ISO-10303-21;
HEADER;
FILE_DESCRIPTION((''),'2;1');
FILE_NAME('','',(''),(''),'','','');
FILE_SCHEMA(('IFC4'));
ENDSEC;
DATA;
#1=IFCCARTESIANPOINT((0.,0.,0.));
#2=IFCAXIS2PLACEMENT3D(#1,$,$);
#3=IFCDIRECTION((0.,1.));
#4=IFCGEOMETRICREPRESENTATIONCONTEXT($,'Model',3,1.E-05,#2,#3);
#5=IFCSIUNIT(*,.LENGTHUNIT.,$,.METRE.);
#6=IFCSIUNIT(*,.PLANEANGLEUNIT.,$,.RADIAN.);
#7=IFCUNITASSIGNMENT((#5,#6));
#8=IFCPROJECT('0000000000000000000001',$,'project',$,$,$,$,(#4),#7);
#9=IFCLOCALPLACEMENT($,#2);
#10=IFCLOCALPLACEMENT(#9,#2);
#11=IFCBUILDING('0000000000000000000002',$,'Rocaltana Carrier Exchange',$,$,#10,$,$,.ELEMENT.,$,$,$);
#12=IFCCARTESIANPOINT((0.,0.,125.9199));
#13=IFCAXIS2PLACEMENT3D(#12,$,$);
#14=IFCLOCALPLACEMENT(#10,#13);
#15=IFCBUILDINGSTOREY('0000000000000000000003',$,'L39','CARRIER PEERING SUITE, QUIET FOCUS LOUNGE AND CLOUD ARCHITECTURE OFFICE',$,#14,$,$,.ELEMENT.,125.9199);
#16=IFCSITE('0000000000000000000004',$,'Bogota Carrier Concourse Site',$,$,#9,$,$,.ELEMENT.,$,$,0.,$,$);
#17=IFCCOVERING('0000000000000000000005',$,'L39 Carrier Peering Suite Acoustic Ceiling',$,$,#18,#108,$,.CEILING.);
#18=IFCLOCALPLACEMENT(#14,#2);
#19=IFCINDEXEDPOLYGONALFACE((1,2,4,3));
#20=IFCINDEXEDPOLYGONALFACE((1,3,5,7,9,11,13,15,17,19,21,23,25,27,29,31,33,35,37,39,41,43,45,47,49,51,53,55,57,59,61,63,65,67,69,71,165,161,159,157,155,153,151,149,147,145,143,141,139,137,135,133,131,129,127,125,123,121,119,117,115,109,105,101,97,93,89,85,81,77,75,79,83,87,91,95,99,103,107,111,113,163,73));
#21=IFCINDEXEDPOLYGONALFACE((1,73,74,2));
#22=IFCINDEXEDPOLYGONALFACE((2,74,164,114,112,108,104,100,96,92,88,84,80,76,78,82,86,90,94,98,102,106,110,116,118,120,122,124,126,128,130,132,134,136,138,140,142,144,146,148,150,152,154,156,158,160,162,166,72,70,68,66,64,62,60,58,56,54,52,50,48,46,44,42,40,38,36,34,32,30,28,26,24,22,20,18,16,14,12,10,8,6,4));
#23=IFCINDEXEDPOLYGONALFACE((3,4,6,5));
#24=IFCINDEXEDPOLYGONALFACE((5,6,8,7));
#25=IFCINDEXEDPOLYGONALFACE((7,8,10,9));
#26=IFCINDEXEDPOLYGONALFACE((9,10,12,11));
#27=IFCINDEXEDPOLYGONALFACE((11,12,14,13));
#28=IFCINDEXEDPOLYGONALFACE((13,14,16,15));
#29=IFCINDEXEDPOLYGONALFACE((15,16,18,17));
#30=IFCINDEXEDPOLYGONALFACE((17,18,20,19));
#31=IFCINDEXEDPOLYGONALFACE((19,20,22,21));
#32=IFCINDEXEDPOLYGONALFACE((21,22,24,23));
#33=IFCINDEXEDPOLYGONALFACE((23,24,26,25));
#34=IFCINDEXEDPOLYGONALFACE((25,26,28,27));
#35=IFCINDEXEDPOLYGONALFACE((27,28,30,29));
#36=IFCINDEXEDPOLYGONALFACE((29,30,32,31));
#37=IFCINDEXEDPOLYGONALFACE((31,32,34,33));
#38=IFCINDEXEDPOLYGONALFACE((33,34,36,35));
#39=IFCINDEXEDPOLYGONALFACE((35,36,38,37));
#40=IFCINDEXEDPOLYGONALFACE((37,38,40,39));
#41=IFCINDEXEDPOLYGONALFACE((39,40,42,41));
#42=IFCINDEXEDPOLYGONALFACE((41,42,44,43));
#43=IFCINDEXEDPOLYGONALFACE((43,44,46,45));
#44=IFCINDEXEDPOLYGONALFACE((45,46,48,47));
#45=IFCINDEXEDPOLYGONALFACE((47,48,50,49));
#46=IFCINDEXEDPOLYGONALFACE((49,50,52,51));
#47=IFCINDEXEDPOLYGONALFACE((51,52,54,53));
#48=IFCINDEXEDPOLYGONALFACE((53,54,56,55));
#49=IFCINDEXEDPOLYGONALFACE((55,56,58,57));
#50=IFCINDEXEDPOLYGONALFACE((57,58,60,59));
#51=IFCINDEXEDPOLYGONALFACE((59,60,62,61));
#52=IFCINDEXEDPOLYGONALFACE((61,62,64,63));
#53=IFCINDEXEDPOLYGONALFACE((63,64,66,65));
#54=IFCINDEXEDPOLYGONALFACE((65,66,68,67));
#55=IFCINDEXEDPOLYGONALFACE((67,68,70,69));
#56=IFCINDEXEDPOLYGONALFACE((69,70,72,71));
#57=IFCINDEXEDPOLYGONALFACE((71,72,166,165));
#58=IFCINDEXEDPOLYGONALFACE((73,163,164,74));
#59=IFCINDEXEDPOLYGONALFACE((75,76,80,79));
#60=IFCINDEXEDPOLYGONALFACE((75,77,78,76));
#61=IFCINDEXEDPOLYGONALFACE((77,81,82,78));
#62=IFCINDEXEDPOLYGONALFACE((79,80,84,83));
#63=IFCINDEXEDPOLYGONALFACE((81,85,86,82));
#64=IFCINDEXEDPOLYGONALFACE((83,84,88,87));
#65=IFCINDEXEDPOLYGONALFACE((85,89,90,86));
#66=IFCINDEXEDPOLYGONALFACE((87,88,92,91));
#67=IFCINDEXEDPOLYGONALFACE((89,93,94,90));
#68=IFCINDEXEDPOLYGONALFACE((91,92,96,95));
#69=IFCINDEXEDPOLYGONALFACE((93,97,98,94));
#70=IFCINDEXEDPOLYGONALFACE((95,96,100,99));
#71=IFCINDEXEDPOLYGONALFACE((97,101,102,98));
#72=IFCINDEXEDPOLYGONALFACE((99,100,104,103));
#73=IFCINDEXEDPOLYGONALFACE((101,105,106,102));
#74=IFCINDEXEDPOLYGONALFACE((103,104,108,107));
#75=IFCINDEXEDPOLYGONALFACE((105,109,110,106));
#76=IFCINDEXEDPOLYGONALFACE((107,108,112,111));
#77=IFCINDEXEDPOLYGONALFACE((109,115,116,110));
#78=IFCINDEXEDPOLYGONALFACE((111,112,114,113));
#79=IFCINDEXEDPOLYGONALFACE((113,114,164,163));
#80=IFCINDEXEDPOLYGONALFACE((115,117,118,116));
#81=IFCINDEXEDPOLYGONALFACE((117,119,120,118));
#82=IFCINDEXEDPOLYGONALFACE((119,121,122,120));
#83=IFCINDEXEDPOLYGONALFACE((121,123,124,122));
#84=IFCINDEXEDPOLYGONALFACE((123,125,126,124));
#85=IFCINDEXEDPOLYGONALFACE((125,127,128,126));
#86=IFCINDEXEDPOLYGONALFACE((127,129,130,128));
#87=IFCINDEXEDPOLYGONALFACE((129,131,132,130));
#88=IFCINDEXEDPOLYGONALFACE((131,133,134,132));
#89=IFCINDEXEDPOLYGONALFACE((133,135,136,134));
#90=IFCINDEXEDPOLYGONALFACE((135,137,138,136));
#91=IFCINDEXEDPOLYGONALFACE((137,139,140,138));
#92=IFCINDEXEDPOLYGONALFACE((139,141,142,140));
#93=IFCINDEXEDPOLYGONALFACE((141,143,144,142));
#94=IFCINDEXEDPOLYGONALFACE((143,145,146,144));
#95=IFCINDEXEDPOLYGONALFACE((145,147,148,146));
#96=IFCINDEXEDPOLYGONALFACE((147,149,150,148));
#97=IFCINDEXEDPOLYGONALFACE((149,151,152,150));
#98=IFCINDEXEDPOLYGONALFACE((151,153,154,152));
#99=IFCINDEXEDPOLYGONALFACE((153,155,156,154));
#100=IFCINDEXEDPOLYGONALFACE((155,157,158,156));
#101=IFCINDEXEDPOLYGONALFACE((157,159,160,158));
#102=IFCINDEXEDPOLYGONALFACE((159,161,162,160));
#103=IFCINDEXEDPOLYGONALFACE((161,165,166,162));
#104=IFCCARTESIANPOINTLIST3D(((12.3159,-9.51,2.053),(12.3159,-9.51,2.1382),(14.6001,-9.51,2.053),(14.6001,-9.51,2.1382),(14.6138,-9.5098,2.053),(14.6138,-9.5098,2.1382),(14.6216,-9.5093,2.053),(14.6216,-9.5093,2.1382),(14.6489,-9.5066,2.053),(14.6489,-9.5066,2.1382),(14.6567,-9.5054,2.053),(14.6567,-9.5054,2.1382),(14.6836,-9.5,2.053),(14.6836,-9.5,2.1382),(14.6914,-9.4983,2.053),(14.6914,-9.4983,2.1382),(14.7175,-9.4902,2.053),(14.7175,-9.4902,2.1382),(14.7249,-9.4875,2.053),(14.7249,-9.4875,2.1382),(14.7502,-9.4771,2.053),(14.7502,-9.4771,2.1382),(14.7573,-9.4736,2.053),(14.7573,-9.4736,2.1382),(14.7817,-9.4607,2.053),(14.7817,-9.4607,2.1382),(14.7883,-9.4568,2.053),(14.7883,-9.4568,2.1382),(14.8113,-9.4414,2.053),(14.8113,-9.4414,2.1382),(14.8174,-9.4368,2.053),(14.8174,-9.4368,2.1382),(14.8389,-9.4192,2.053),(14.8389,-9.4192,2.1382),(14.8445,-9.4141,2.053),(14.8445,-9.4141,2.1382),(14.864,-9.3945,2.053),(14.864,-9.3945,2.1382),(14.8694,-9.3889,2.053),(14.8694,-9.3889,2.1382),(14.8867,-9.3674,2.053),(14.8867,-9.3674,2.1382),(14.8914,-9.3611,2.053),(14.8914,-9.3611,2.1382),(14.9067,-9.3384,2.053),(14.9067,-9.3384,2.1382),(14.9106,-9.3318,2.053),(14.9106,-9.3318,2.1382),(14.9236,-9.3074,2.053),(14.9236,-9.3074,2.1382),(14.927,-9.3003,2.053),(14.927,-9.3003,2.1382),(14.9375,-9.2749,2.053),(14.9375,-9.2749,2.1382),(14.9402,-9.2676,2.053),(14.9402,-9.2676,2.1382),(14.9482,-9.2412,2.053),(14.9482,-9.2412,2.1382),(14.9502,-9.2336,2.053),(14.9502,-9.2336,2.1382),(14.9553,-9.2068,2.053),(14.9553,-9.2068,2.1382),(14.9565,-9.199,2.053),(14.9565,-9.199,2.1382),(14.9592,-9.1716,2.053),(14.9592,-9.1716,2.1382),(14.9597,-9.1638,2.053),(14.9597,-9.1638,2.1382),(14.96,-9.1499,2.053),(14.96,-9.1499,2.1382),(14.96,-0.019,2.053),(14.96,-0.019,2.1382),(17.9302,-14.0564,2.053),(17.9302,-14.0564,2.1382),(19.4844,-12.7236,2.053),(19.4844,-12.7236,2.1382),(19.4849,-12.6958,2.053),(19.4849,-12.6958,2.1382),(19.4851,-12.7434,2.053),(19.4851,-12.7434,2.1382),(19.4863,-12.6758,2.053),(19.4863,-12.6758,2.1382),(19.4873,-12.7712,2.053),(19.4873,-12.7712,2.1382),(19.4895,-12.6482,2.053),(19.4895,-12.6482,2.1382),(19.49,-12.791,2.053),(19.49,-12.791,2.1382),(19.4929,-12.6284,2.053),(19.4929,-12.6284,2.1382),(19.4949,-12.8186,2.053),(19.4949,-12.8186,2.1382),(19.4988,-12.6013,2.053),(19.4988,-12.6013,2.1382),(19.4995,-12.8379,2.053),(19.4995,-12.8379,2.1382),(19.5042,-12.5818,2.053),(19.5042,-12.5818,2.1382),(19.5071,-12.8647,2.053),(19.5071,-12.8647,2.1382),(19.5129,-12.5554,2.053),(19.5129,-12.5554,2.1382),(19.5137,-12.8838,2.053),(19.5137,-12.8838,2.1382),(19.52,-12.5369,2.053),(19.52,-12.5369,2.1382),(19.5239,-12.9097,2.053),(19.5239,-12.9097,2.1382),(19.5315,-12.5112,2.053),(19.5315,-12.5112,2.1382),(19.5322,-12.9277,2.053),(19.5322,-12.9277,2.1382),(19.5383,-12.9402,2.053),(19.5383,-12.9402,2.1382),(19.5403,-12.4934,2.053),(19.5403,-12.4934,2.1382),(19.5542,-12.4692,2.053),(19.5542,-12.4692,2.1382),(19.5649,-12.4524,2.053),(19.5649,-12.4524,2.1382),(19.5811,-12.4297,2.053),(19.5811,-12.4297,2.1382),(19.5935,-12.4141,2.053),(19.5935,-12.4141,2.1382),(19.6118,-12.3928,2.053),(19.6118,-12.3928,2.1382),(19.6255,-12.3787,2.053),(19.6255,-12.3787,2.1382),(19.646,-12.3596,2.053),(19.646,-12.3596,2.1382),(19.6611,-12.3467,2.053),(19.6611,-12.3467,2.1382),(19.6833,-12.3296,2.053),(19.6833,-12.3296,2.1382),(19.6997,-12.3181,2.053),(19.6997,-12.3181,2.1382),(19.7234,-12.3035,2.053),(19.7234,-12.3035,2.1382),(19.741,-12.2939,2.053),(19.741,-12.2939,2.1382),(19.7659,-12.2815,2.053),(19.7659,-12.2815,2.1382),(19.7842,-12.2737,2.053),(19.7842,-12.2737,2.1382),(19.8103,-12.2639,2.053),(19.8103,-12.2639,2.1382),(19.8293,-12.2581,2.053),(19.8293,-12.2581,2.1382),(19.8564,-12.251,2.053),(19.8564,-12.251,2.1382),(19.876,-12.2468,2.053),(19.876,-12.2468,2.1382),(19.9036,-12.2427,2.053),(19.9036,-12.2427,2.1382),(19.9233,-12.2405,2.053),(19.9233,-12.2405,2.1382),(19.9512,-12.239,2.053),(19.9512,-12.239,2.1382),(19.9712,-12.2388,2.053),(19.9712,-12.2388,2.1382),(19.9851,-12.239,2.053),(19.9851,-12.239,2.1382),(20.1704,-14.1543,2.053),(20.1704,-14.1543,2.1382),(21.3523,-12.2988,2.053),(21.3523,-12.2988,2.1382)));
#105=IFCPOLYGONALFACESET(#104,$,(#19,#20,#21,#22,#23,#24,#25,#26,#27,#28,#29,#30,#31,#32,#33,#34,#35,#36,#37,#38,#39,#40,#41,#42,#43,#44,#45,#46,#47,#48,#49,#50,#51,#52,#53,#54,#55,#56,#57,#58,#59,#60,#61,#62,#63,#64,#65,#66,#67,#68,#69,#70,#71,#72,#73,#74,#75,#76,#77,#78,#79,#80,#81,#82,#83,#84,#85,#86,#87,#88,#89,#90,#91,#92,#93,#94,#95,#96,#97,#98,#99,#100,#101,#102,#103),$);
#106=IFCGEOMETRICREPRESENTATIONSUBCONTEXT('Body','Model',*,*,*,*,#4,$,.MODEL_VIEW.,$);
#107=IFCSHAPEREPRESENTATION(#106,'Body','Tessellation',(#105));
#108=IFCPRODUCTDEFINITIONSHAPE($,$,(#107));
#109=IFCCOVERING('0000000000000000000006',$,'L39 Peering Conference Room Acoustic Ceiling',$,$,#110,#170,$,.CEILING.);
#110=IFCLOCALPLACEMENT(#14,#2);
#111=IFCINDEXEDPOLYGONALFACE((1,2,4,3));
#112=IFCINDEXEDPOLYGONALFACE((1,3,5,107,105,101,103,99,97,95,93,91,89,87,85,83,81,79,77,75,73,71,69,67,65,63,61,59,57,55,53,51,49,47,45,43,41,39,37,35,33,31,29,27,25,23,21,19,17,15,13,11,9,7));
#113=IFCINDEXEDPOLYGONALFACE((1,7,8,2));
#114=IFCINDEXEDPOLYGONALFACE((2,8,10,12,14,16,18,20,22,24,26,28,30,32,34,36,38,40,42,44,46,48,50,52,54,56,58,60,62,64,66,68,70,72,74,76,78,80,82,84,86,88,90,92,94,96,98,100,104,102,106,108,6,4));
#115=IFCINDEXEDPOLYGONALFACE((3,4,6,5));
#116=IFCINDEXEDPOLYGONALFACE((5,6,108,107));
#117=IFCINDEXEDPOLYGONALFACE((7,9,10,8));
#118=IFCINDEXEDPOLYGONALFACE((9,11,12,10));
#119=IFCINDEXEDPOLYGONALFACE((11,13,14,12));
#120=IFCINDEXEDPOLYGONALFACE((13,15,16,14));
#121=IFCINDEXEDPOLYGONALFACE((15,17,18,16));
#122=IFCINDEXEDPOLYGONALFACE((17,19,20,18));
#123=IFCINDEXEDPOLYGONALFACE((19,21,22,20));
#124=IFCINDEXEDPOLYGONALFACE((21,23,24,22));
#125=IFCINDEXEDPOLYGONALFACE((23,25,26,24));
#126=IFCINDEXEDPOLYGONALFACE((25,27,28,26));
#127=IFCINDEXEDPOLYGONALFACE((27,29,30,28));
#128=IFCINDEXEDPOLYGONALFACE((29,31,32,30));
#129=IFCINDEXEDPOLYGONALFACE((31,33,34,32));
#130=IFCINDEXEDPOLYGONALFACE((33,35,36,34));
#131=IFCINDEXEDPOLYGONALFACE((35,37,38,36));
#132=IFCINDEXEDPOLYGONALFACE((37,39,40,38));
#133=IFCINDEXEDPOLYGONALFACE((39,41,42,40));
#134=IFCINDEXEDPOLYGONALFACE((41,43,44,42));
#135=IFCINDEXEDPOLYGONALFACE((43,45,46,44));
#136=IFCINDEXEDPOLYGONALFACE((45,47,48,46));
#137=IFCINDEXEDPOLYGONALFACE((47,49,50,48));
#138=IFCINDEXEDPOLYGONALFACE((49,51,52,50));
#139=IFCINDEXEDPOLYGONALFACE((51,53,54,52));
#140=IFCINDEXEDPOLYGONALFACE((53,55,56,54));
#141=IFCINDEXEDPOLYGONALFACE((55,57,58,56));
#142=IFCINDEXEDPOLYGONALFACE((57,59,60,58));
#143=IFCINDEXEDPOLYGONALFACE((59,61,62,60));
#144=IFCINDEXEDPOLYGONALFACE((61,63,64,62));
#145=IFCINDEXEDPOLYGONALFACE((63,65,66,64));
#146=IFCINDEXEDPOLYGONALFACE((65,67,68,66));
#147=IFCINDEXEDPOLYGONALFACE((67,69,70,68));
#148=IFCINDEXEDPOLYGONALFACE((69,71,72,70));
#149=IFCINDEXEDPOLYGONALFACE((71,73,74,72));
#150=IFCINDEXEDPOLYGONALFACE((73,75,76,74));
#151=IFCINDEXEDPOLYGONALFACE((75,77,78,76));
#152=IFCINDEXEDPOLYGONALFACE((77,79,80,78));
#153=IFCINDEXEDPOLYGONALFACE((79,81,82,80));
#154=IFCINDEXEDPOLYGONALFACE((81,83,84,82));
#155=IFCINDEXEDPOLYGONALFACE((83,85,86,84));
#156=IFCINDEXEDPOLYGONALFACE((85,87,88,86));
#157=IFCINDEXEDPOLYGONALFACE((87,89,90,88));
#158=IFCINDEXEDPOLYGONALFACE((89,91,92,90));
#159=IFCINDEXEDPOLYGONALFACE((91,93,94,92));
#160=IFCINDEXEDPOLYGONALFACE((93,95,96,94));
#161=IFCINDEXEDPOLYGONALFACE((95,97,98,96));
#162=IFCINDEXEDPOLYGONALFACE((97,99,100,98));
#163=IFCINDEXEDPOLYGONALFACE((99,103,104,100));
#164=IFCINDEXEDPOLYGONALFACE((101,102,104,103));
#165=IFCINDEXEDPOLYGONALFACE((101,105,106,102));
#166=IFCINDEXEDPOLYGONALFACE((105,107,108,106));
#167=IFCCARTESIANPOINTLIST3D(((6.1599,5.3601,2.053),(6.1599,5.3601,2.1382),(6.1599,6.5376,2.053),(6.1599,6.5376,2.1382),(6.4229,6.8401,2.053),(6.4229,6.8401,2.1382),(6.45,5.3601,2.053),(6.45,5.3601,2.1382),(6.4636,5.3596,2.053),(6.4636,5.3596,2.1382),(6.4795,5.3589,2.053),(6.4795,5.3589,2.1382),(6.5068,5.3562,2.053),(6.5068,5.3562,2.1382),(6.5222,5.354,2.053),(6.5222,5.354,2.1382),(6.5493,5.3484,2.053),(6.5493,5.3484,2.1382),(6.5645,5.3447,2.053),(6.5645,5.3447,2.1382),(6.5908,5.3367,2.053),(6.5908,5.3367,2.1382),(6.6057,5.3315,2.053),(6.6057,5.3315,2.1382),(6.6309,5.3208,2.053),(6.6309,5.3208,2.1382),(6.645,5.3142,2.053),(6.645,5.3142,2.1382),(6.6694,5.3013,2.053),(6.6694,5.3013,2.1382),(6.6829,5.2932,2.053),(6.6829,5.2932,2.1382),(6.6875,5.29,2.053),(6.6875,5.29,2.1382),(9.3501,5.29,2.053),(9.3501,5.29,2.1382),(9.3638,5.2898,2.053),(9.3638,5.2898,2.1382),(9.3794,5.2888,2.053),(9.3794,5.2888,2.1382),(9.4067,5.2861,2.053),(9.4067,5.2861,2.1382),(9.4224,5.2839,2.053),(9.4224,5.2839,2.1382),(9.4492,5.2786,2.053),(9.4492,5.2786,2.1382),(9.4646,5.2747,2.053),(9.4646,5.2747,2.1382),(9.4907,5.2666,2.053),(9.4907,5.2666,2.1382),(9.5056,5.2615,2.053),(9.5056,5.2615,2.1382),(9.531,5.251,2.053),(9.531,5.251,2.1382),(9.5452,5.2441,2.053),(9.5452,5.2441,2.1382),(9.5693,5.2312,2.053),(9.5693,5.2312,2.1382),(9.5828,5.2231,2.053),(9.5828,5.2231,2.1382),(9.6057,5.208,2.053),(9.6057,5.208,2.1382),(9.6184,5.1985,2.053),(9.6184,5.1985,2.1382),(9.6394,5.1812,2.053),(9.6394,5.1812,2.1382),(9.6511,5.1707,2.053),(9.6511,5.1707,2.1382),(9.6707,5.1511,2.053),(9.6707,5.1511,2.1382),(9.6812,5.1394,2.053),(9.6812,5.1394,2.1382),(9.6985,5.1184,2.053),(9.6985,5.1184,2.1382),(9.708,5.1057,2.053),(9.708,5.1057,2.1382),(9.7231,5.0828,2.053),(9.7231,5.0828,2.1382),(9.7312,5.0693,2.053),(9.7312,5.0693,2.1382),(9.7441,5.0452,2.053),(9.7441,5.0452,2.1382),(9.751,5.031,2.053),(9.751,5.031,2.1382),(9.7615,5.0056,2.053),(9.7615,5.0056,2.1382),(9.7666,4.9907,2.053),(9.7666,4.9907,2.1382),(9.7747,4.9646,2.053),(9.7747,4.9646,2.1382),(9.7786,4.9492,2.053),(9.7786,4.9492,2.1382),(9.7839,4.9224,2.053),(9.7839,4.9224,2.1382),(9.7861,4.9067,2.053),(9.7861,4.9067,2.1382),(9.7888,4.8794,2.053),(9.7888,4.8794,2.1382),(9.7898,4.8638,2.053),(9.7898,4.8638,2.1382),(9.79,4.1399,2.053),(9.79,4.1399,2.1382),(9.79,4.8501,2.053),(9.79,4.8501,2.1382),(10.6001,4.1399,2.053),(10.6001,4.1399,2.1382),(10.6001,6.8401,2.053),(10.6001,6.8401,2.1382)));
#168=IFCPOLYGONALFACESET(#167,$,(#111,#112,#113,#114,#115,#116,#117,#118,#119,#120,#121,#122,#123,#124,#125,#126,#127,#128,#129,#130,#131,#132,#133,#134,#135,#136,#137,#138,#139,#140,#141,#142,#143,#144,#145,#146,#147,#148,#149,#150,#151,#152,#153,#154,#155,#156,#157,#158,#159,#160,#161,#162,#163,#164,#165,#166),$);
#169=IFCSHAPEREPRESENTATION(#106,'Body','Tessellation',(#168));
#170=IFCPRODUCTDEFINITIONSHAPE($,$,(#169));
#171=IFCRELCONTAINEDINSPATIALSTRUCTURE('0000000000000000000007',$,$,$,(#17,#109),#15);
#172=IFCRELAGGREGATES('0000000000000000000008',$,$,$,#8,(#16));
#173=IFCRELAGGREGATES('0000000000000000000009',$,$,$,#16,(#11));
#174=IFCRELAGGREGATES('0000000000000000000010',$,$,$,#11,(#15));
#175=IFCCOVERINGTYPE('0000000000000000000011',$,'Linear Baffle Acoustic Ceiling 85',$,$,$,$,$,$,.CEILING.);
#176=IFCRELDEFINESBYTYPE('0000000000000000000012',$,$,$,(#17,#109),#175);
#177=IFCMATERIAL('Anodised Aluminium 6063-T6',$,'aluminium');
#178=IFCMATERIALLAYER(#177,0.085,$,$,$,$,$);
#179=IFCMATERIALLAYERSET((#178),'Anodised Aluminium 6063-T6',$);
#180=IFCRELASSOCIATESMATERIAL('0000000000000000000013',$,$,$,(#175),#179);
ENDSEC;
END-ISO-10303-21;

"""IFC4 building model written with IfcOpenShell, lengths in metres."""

from ifc_helpers import new_model, si_unit, direction, frame, origin, place, context, subcontext, project, spatial, polyline, outline, extrude, material, layer, layer_set, type_object, element, save


model = new_model("IFC4")

# Units and contexts
model_context = context("Model", 3, precision=1e-05, world=origin(), true_north=direction((0.0, 1.0)))
body_context = subcontext(model_context, "Body", "Model", "MODEL_VIEW")
ifc_project = project(units=[si_unit("LENGTHUNIT", "METRE"), si_unit("PLANEANGLEUNIT", "RADIAN")], contexts=[model_context])

# Site, building, storey
site_placement = place(None, origin())
site = spatial("IfcSite", under=ifc_project, at=site_placement, Name="Bogota Carrier Concourse Site", CompositionType="ELEMENT", RefElevation=0.0)
building_placement = place(site_placement, origin())
building = spatial("IfcBuilding", under=site, at=building_placement, Name="Rocaltana Carrier Exchange", CompositionType="ELEMENT")
storey_placement = place(building_placement, frame((0.0, 0.0, 125.9199)))
storey = spatial("IfcBuildingStorey", under=building, at=storey_placement, Name="L39", Description="CARRIER PEERING SUITE, QUIET FOCUS LOUNGE AND CLOUD ARCHITECTURE OFFICE", CompositionType="ELEMENT", Elevation=125.9199)

# Coverings
ifc_material_1 = material(Name="Anodised Aluminium 6063-T6", Category="aluminium")
ifc_layer_1 = layer(ifc_material_1, 0.085)
ifc_layer_set_1 = layer_set([ifc_layer_1], Name="Anodised Aluminium 6063-T6")
covering_type_1 = type_object("IfcCoveringType", Name="Linear Baffle Acoustic Ceiling 85", PredefinedType="CEILING", material=ifc_layer_set_1)
covering_1_placement = place(storey_placement, frame((0.0, 0.0, 2.053)))
element("IfcCovering", 1, at=covering_1_placement, inside=storey, type_object=covering_type_1, Name="L39 Carrier Peering Suite Acoustic Ceiling", PredefinedType="CEILING", context=body_context, shape_type="SweptSolid", body=[
    extrude(outline(polyline([(14.96, -0.019), (21.3523, -12.2988), (19.9851, -12.239), (19.9712, -12.2388), (19.9512, -12.239), (19.9233, -12.2405), (19.9036, -12.2427), (19.876, -12.2468), (19.8564, -12.251), (19.8293, -12.2581), (19.8103, -12.2639), (19.7842, -12.2737), (19.7659, -12.2815), (19.741, -12.2939), (19.7234, -12.3035), (19.6997, -12.3181), (19.6833, -12.3296), (19.6611, -12.3467), (19.646, -12.3596), (19.6255, -12.3787), (19.6118, -12.3928), (19.5935, -12.4141), (19.5811, -12.4297), (19.5649, -12.4524), (19.5542, -12.4692), (19.5403, -12.4934), (19.5315, -12.5112), (19.52, -12.5369), (19.5129, -12.5554), (19.5042, -12.5818), (19.4988, -12.6013), (19.4929, -12.6284), (19.4895, -12.6482), (19.4863, -12.6758), (19.4849, -12.6958), (19.4844, -12.7236), (19.4851, -12.7434), (19.4873, -12.7712), (19.49, -12.791), (19.4949, -12.8186), (19.4995, -12.8379), (19.5071, -12.8647), (19.5137, -12.8838), (19.5239, -12.9097), (19.5322, -12.9277), (19.5383, -12.9402), (20.1704, -14.1543), (17.9302, -14.0564), (12.3159, -9.51), (14.6001, -9.51), (14.6138, -9.5098), (14.6216, -9.5093), (14.6489, -9.5066), (14.6567, -9.5054), (14.6836, -9.5), (14.6914, -9.4983), (14.7175, -9.4902), (14.7249, -9.4875), (14.7502, -9.4771), (14.7573, -9.4736), (14.7817, -9.4607), (14.7883, -9.4568), (14.8113, -9.4414), (14.8174, -9.4368), (14.8389, -9.4192), (14.8445, -9.4141), (14.864, -9.3945), (14.8694, -9.3889), (14.8867, -9.3674), (14.8914, -9.3611), (14.9067, -9.3384), (14.9106, -9.3318), (14.9236, -9.3074), (14.927, -9.3003), (14.9375, -9.2749), (14.9402, -9.2676), (14.9482, -9.2412), (14.9502, -9.2336), (14.9553, -9.2068), (14.9565, -9.199), (14.9592, -9.1716), (14.9597, -9.1638), (14.96, -9.1499), (14.96, -0.019)])), origin(), (0.0, 0.0, 1.0), 0.0852),
])
covering_2_placement = place(storey_placement, frame((0.0, 0.0, 2.053)))
element("IfcCovering", 2, at=covering_2_placement, inside=storey, type_object=covering_type_1, Name="L39 Peering Conference Room Acoustic Ceiling", PredefinedType="CEILING", context=body_context, shape_type="SweptSolid", body=[
    extrude(outline(polyline([(6.6875, 5.29), (6.6829, 5.2932), (6.6694, 5.3013), (6.645, 5.3142), (6.6309, 5.3208), (6.6057, 5.3315), (6.5908, 5.3367), (6.5645, 5.3447), (6.5493, 5.3484), (6.5222, 5.354), (6.5068, 5.3562), (6.4795, 5.3589), (6.4636, 5.3596), (6.45, 5.3601), (6.1599, 5.3601), (6.1599, 6.5376), (6.4229, 6.8401), (10.6001, 6.8401), (10.6001, 4.1399), (9.79, 4.1399), (9.79, 4.8501), (9.7898, 4.8638), (9.7888, 4.8794), (9.7861, 4.9067), (9.7839, 4.9224), (9.7786, 4.9492), (9.7747, 4.9646), (9.7666, 4.9907), (9.7615, 5.0056), (9.751, 5.031), (9.7441, 5.0452), (9.7312, 5.0693), (9.7231, 5.0828), (9.708, 5.1057), (9.6985, 5.1184), (9.6812, 5.1394), (9.6707, 5.1511), (9.6511, 5.1707), (9.6394, 5.1812), (9.6184, 5.1985), (9.6057, 5.208), (9.5828, 5.2231), (9.5693, 5.2312), (9.5452, 5.2441), (9.531, 5.251), (9.5056, 5.2615), (9.4907, 5.2666), (9.4646, 5.2747), (9.4492, 5.2786), (9.4224, 5.2839), (9.4067, 5.2861), (9.3794, 5.2888), (9.3638, 5.2898), (9.3501, 5.29), (6.6875, 5.29)])), origin(), (0.0, 0.0, 1.0), 0.0852),
])

save(model, "model.ifc")
